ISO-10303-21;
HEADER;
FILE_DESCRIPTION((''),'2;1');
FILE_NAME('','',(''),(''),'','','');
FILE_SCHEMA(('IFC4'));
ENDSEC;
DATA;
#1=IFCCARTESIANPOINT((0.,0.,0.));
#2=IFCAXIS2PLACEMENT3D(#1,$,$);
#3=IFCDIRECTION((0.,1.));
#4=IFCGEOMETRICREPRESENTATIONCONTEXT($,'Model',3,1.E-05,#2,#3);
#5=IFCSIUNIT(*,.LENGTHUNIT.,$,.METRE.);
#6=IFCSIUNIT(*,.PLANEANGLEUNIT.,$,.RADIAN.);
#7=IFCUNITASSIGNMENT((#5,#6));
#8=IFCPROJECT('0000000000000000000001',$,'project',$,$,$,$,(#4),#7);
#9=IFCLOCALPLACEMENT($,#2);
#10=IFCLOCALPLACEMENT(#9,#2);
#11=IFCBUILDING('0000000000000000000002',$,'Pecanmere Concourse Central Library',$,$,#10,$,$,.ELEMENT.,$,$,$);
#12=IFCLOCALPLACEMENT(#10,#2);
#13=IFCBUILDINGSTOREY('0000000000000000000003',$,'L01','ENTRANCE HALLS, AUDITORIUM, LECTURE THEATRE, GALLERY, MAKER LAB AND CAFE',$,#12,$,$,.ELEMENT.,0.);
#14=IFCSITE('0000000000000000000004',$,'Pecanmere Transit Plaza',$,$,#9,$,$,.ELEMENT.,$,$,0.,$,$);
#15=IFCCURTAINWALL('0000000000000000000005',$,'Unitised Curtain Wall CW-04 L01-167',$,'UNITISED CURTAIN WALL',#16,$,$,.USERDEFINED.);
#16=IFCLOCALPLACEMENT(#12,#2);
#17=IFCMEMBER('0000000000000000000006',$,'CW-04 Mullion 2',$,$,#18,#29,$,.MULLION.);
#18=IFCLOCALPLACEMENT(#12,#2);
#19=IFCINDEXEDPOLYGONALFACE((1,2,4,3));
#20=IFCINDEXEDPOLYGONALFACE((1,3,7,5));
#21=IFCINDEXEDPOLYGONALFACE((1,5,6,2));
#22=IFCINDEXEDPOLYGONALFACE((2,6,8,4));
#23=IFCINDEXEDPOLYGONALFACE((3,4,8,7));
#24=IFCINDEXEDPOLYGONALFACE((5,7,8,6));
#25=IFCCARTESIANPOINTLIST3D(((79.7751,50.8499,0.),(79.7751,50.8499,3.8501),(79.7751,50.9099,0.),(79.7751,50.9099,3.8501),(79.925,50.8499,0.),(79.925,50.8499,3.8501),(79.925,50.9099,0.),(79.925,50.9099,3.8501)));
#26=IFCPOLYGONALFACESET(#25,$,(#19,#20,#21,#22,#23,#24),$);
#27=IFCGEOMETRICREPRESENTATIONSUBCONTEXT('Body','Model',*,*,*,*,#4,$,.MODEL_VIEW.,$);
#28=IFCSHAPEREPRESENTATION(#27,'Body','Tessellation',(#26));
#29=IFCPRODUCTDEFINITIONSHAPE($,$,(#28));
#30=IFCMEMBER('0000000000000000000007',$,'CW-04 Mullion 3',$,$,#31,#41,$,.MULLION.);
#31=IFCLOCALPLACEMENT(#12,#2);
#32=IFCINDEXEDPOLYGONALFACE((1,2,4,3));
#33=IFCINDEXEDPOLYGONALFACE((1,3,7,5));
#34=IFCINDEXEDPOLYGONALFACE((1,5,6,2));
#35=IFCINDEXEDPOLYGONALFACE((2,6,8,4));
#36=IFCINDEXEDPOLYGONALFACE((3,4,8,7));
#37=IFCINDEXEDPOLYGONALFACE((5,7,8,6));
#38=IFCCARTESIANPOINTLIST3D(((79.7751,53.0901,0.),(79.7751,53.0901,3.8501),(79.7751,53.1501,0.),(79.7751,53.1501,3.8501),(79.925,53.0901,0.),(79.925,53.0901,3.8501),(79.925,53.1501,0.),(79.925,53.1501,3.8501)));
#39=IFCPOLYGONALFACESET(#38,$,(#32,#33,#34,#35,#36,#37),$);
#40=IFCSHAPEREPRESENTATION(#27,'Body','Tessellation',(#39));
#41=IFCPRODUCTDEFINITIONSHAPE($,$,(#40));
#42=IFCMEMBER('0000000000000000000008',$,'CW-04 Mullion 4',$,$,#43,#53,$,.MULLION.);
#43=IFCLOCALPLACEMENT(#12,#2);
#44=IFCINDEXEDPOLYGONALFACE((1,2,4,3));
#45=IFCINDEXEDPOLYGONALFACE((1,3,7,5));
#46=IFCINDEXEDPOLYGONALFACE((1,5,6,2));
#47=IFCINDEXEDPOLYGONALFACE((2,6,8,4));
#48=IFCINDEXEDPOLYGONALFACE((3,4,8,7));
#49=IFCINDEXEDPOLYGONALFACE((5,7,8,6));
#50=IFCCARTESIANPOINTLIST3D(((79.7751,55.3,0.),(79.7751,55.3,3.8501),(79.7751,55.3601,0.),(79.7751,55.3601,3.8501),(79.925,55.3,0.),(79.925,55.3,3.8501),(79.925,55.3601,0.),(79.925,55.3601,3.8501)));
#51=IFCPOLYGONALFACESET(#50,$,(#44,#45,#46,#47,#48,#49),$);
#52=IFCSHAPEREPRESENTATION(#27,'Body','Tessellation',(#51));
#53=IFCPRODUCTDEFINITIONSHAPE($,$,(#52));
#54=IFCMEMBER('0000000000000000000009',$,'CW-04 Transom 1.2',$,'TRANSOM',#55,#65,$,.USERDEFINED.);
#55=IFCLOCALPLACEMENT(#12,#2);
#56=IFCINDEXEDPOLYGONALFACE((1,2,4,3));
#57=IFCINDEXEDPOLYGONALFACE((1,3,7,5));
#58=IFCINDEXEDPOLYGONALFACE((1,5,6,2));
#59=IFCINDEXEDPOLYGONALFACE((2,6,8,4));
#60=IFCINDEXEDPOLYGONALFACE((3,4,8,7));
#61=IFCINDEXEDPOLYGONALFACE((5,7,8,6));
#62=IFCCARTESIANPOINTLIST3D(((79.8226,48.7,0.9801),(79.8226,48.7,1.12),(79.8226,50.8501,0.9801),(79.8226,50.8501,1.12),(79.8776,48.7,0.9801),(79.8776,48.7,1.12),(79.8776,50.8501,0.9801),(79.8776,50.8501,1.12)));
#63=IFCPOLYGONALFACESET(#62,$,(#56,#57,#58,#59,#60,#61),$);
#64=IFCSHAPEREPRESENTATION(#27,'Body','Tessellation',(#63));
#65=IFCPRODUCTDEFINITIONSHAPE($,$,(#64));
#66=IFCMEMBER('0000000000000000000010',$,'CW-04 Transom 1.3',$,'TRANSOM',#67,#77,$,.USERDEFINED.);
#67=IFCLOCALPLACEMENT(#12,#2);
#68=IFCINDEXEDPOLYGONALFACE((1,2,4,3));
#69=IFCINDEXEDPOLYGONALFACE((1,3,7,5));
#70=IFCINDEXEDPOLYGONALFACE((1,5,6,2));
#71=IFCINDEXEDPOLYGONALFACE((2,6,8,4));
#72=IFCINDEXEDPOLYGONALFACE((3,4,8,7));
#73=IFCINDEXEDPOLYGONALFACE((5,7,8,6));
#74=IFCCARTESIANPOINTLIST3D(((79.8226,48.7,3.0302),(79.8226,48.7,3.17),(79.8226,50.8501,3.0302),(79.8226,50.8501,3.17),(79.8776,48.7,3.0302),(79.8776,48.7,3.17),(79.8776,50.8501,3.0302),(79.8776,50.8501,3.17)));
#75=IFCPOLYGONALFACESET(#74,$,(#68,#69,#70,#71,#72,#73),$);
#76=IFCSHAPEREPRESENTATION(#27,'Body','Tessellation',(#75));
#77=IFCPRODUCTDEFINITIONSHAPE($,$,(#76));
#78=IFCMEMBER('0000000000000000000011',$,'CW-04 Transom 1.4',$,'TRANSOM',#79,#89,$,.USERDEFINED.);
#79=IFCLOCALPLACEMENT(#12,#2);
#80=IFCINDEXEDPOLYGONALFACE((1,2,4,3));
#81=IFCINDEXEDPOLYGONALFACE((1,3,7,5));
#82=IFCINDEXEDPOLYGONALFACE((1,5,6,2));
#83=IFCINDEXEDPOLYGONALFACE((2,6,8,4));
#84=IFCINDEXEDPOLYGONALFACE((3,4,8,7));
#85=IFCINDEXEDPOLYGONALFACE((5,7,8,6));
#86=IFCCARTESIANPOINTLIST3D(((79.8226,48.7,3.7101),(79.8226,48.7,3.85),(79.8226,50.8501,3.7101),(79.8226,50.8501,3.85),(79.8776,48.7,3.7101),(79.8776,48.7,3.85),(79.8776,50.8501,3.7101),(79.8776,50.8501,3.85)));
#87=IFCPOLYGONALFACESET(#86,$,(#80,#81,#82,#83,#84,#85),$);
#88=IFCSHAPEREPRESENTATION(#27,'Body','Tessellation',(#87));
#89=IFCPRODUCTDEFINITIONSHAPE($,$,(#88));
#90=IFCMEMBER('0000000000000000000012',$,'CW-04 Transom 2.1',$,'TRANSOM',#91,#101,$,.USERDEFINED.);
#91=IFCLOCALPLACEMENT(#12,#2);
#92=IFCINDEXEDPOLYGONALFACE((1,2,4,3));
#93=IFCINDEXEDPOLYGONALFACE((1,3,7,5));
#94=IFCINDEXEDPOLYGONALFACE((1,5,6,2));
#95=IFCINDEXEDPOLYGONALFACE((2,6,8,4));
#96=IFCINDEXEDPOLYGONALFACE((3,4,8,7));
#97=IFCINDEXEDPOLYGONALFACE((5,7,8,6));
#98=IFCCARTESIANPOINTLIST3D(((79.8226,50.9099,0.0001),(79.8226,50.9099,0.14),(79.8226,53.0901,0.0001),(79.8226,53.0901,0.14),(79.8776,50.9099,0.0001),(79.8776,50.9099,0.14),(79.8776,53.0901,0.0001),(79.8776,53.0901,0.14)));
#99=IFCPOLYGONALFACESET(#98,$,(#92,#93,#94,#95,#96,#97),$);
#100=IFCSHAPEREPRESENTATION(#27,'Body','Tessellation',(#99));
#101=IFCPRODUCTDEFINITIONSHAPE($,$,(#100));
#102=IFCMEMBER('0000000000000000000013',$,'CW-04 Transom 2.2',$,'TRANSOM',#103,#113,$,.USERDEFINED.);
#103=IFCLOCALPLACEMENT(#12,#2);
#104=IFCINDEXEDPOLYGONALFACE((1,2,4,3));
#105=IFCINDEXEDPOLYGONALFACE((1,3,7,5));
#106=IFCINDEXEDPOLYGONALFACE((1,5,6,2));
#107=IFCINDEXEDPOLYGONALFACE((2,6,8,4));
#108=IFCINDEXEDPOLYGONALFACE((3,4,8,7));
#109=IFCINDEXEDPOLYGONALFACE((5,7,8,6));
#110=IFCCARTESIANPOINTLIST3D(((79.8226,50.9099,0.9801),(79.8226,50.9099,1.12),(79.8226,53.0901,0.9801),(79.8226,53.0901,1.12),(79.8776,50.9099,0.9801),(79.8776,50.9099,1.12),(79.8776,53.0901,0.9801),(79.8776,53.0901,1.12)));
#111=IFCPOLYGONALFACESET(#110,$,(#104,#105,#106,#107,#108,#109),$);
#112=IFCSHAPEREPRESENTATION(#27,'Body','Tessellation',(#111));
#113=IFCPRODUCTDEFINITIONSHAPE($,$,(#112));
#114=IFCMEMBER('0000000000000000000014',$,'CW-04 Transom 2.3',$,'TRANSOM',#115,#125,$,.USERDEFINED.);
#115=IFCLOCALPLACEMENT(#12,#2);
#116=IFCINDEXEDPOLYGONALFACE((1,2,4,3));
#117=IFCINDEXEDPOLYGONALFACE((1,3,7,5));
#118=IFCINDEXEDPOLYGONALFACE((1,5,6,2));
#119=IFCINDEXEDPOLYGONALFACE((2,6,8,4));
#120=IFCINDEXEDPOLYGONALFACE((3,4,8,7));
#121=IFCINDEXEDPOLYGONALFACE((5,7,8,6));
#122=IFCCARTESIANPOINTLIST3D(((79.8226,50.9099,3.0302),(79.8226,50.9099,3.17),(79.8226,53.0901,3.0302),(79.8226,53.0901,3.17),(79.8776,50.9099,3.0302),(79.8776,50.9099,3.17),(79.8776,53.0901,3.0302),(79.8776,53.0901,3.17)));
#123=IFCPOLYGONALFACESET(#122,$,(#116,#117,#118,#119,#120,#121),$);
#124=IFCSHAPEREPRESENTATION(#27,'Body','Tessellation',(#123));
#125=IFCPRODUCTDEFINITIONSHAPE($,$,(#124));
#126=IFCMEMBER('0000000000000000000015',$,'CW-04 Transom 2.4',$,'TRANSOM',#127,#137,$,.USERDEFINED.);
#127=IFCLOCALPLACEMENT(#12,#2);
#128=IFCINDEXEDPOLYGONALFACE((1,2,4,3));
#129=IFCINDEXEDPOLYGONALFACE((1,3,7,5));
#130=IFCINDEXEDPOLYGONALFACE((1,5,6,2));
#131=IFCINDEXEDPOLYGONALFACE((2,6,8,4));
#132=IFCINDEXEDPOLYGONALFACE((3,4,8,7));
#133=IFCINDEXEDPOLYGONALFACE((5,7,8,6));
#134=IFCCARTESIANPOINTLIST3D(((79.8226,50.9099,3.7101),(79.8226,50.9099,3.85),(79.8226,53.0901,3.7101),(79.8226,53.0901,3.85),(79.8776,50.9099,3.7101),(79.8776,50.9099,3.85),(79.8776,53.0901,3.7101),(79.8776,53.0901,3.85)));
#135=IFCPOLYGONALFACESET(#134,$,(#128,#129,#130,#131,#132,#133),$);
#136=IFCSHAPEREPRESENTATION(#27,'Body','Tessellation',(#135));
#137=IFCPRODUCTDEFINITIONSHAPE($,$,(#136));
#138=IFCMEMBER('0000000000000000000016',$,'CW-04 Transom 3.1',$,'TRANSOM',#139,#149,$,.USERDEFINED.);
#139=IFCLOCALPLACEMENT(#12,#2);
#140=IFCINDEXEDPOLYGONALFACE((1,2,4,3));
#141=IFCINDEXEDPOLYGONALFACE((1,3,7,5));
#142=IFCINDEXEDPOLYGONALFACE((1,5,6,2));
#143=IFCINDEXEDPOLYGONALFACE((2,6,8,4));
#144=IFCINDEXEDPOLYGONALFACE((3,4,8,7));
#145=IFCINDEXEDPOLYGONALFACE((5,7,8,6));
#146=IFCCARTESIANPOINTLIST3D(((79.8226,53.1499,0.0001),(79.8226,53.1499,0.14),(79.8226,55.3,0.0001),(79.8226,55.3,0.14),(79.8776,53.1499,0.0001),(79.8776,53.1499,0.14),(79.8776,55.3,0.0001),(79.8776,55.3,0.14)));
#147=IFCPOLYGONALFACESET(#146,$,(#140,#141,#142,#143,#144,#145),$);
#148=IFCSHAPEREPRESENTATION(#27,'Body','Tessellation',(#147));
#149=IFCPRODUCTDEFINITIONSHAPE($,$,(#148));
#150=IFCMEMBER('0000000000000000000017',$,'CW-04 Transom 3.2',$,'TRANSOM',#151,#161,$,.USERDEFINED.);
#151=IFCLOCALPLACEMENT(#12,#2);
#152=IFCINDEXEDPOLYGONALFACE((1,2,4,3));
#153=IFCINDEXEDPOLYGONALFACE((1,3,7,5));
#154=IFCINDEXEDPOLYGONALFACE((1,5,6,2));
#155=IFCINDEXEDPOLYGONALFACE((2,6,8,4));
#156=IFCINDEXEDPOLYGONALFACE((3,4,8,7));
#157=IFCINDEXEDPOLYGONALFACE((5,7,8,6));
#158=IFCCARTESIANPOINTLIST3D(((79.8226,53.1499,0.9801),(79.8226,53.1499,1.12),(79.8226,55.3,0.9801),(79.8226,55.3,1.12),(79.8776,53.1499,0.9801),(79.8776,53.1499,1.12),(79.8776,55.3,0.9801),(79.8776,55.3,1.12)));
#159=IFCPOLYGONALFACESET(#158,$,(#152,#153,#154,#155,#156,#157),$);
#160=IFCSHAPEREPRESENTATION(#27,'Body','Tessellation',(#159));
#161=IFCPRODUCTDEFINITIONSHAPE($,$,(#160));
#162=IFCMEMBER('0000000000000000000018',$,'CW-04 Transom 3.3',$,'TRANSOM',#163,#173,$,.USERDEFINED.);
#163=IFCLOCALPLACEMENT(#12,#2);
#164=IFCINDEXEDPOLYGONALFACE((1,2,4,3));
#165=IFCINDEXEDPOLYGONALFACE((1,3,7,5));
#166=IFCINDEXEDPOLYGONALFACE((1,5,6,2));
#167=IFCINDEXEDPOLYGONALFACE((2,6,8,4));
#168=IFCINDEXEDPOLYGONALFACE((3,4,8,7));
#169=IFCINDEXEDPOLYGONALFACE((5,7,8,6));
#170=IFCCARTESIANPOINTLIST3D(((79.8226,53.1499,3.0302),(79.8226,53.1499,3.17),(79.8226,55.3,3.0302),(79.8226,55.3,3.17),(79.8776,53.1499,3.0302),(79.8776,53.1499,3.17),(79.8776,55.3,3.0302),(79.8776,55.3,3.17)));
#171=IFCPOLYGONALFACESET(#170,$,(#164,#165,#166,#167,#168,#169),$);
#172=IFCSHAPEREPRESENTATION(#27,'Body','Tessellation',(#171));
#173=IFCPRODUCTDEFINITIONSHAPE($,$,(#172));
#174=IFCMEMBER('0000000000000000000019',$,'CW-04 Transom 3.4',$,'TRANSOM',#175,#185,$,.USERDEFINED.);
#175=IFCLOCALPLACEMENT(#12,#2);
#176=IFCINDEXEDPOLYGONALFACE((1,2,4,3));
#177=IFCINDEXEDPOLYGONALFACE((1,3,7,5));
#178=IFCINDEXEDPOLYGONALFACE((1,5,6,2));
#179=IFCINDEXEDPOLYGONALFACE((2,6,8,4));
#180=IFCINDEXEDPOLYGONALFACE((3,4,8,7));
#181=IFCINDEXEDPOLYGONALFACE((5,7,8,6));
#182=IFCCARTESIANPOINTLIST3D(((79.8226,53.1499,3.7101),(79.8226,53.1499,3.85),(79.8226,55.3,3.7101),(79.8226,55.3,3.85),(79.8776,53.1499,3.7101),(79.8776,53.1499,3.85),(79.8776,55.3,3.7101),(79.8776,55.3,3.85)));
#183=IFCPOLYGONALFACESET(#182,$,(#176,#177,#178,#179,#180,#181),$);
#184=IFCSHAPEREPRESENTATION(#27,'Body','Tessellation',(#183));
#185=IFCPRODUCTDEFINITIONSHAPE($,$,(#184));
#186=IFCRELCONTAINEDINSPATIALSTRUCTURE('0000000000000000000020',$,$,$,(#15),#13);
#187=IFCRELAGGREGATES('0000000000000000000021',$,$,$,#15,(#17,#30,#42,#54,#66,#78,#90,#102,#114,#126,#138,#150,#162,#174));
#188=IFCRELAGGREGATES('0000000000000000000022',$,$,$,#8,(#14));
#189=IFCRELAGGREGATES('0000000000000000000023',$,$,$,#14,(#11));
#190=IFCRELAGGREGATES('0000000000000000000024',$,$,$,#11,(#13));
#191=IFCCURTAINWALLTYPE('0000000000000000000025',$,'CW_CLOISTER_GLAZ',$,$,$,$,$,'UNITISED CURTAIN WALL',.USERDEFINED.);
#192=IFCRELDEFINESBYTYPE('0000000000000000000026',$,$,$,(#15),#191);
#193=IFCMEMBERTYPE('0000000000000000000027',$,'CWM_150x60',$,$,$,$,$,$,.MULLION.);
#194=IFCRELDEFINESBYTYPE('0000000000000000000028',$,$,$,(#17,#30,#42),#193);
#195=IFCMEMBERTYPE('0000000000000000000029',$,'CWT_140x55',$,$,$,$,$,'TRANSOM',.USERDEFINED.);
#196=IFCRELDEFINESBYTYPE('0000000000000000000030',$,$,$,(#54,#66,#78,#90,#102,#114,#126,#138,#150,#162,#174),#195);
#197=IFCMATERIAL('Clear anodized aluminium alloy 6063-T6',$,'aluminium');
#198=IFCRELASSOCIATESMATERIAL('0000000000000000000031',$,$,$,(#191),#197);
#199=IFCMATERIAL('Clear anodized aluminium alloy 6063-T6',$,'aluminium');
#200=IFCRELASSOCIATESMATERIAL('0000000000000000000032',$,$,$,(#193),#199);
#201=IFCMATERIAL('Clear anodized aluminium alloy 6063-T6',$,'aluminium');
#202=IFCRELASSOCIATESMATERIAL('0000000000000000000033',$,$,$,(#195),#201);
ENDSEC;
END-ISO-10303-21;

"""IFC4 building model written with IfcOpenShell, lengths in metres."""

from ifc_helpers import new_model, si_unit, direction, frame, origin, origin_2d, place, context, subcontext, project, spatial, rectangle, extrude, material, material_profile, profile_set, type_object, element, aggregate, save


model = new_model("IFC4")

# Units and contexts
model_context = context("Model", 3, precision=1e-05, world=origin(), true_north=direction((0.0, 1.0)))
body_context = subcontext(model_context, "Body", "Model", "MODEL_VIEW")
ifc_project = project(units=[si_unit("LENGTHUNIT", "METRE"), si_unit("PLANEANGLEUNIT", "RADIAN")], contexts=[model_context])

# Site, building, storey
site_placement = place(None, origin())
site = spatial("IfcSite", under=ifc_project, at=site_placement, Name="Pecanmere Transit Plaza", CompositionType="ELEMENT", RefElevation=0.0)
building_placement = place(site_placement, origin())
building = spatial("IfcBuilding", under=site, at=building_placement, Name="Pecanmere Concourse Central Library", CompositionType="ELEMENT")
storey_placement = place(building_placement, origin())
storey = spatial("IfcBuildingStorey", under=building, at=storey_placement, Name="L01", Description="ENTRANCE HALLS, AUDITORIUM, LECTURE THEATRE, GALLERY, MAKER LAB AND CAFE", CompositionType="ELEMENT", Elevation=0.0)

# Curtain wall, members
ifc_material_1 = material(Name="Clear anodized aluminium alloy 6063-T6", Category="aluminium")
curtain_wall_type = type_object("IfcCurtainWallType", Name="CW_CLOISTER_GLAZ", ElementType="UNITISED CURTAIN WALL", PredefinedType="USERDEFINED", material=ifc_material_1)
curtain_wall_placement = place(storey_placement, origin())
curtain_wall = element("IfcCurtainWall", 1, at=curtain_wall_placement, inside=storey, type_object=curtain_wall_type, Name="Unitised Curtain Wall CW-04 L01-167", ObjectType="UNITISED CURTAIN WALL", PredefinedType="USERDEFINED")
ifc_material_2 = material(Name="Clear anodized aluminium alloy 6063-T6", Category="aluminium")
ifc_material_profile_1 = material_profile(ifc_material_2, rectangle(XDim=0.0601, YDim=0.1499, at=origin_2d()), Name="AL 60x150")
ifc_profile_set_1 = profile_set([ifc_material_profile_1], Name="Clear anodized aluminium alloy 6063-T6")
member_type_1 = type_object("IfcMemberType", Name="CWM_150x60", PredefinedType="MULLION", material=ifc_profile_set_1)
member_1_placement = place(storey_placement, frame((79.8501, 50.8799, 0.0), z_axis=(0.0, 0.0, 1.0), x_axis=(0.0, 1.0, 0.0)))
member_1 = element("IfcMember", 2, at=member_1_placement, type_object=member_type_1, Name="CW-04 Mullion 2", PredefinedType="MULLION", context=body_context, shape_type="SweptSolid", body=[
    extrude(rectangle(XDim=0.0601, YDim=0.1499, at=origin_2d()), origin(), (0.0, 0.0, 1.0), 3.8501),
])
member_2_placement = place(storey_placement, frame((79.8501, 53.1201, 0.0), z_axis=(0.0, 0.0, 1.0), x_axis=(0.0, 1.0, 0.0)))
member_2 = element("IfcMember", 3, at=member_2_placement, type_object=member_type_1, Name="CW-04 Mullion 3", PredefinedType="MULLION", context=body_context, shape_type="SweptSolid", body=[
    extrude(rectangle(XDim=0.0601, YDim=0.1499, at=origin_2d()), origin(), (0.0, 0.0, 1.0), 3.8501),
])
member_3_placement = place(storey_placement, frame((79.8501, 55.3301, 0.0), z_axis=(0.0, 0.0, 1.0), x_axis=(0.0, 1.0, 0.0)))
member_3 = element("IfcMember", 4, at=member_3_placement, type_object=member_type_1, Name="CW-04 Mullion 4", PredefinedType="MULLION", context=body_context, shape_type="SweptSolid", body=[
    extrude(rectangle(XDim=0.0601, YDim=0.1499, at=origin_2d()), origin(), (0.0, 0.0, 1.0), 3.8501),
])
ifc_material_3 = material(Name="Clear anodized aluminium alloy 6063-T6", Category="aluminium")
ifc_material_profile_2 = material_profile(ifc_material_3, rectangle(XDim=0.0549, YDim=0.1399, at=origin_2d()), Name="AL 55x140")
ifc_profile_set_2 = profile_set([ifc_material_profile_2], Name="Clear anodized aluminium alloy 6063-T6")
member_type_2 = type_object("IfcMemberType", Name="CWT_140x55", ElementType="TRANSOM", PredefinedType="USERDEFINED", material=ifc_profile_set_2)
member_4_placement = place(storey_placement, frame((79.8501, 48.7, 1.05), z_axis=(0.0, 1.0, 0.0), x_axis=(-1.0, 0.0, 0.0)))
member_4 = element("IfcMember", 5, at=member_4_placement, type_object=member_type_2, Name="CW-04 Transom 1.2", ObjectType="TRANSOM", PredefinedType="USERDEFINED", context=body_context, shape_type="SweptSolid", body=[
    extrude(rectangle(XDim=0.0549, YDim=0.1399, at=origin_2d()), origin(), (0.0, 0.0, 1.0), 2.1501),
])
member_5_placement = place(storey_placement, frame((79.8501, 48.7, 3.1001), z_axis=(0.0, 1.0, 0.0), x_axis=(-1.0, 0.0, 0.0)))
member_5 = element("IfcMember", 6, at=member_5_placement, type_object=member_type_2, Name="CW-04 Transom 1.3", ObjectType="TRANSOM", PredefinedType="USERDEFINED", context=body_context, shape_type="SweptSolid", body=[
    extrude(rectangle(XDim=0.0549, YDim=0.1399, at=origin_2d()), origin(), (0.0, 0.0, 1.0), 2.1501),
])
member_6_placement = place(storey_placement, frame((79.8501, 48.7, 3.78), z_axis=(0.0, 1.0, 0.0), x_axis=(-1.0, 0.0, 0.0)))
member_6 = element("IfcMember", 7, at=member_6_placement, type_object=member_type_2, Name="CW-04 Transom 1.4", ObjectType="TRANSOM", PredefinedType="USERDEFINED", context=body_context, shape_type="SweptSolid", body=[
    extrude(rectangle(XDim=0.0549, YDim=0.1399, at=origin_2d()), origin(), (0.0, 0.0, 1.0), 2.1501),
])
member_7_placement = place(storey_placement, frame((79.8501, 50.9099, 0.0701), z_axis=(0.0, 1.0, 0.0), x_axis=(-1.0, 0.0, 0.0)))
member_7 = element("IfcMember", 8, at=member_7_placement, type_object=member_type_2, Name="CW-04 Transom 2.1", ObjectType="TRANSOM", PredefinedType="USERDEFINED", context=body_context, shape_type="SweptSolid", body=[
    extrude(rectangle(XDim=0.0549, YDim=0.1399, at=origin_2d()), origin(), (0.0, 0.0, 1.0), 2.1802),
])
member_8_placement = place(storey_placement, frame((79.8501, 50.9099, 1.05), z_axis=(0.0, 1.0, 0.0), x_axis=(-1.0, 0.0, 0.0)))
member_8 = element("IfcMember", 9, at=member_8_placement, type_object=member_type_2, Name="CW-04 Transom 2.2", ObjectType="TRANSOM", PredefinedType="USERDEFINED", context=body_context, shape_type="SweptSolid", body=[
    extrude(rectangle(XDim=0.0549, YDim=0.1399, at=origin_2d()), origin(), (0.0, 0.0, 1.0), 2.1802),
])
member_9_placement = place(storey_placement, frame((79.8501, 50.9099, 3.1001), z_axis=(0.0, 1.0, 0.0), x_axis=(-1.0, 0.0, 0.0)))
member_9 = element("IfcMember", 10, at=member_9_placement, type_object=member_type_2, Name="CW-04 Transom 2.3", ObjectType="TRANSOM", PredefinedType="USERDEFINED", context=body_context, shape_type="SweptSolid", body=[
    extrude(rectangle(XDim=0.0549, YDim=0.1399, at=origin_2d()), origin(), (0.0, 0.0, 1.0), 2.1802),
])
member_10_placement = place(storey_placement, frame((79.8501, 50.9099, 3.78), z_axis=(0.0, 1.0, 0.0), x_axis=(-1.0, 0.0, 0.0)))
member_10 = element("IfcMember", 11, at=member_10_placement, type_object=member_type_2, Name="CW-04 Transom 2.4", ObjectType="TRANSOM", PredefinedType="USERDEFINED", context=body_context, shape_type="SweptSolid", body=[
    extrude(rectangle(XDim=0.0549, YDim=0.1399, at=origin_2d()), origin(), (0.0, 0.0, 1.0), 2.1802),
])
member_11_placement = place(storey_placement, frame((79.8501, 53.1499, 0.0701), z_axis=(0.0, 1.0, 0.0), x_axis=(-1.0, 0.0, 0.0)))
member_11 = element("IfcMember", 12, at=member_11_placement, type_object=member_type_2, Name="CW-04 Transom 3.1", ObjectType="TRANSOM", PredefinedType="USERDEFINED", context=body_context, shape_type="SweptSolid", body=[
    extrude(rectangle(XDim=0.0549, YDim=0.1399, at=origin_2d()), origin(), (0.0, 0.0, 1.0), 2.1501),
])
member_12_placement = place(storey_placement, frame((79.8501, 53.1499, 1.05), z_axis=(0.0, 1.0, 0.0), x_axis=(-1.0, 0.0, 0.0)))
member_12 = element("IfcMember", 13, at=member_12_placement, type_object=member_type_2, Name="CW-04 Transom 3.2", ObjectType="TRANSOM", PredefinedType="USERDEFINED", context=body_context, shape_type="SweptSolid", body=[
    extrude(rectangle(XDim=0.0549, YDim=0.1399, at=origin_2d()), origin(), (0.0, 0.0, 1.0), 2.1501),
])
member_13_placement = place(storey_placement, frame((79.8501, 53.1499, 3.1001), z_axis=(0.0, 1.0, 0.0), x_axis=(-1.0, 0.0, 0.0)))
member_13 = element("IfcMember", 14, at=member_13_placement, type_object=member_type_2, Name="CW-04 Transom 3.3", ObjectType="TRANSOM", PredefinedType="USERDEFINED", context=body_context, shape_type="SweptSolid", body=[
    extrude(rectangle(XDim=0.0549, YDim=0.1399, at=origin_2d()), origin(), (0.0, 0.0, 1.0), 2.1501),
])
member_14_placement = place(storey_placement, frame((79.8501, 53.1499, 3.78), z_axis=(0.0, 1.0, 0.0), x_axis=(-1.0, 0.0, 0.0)))
member_14 = element("IfcMember", 15, at=member_14_placement, type_object=member_type_2, Name="CW-04 Transom 3.4", ObjectType="TRANSOM", PredefinedType="USERDEFINED", context=body_context, shape_type="SweptSolid", body=[
    extrude(rectangle(XDim=0.0549, YDim=0.1399, at=origin_2d()), origin(), (0.0, 0.0, 1.0), 2.1501),
])
aggregate(curtain_wall, [member_1, member_2, member_3, member_4, member_5, member_6, member_7, member_8, member_9, member_10, member_11, member_12, member_13, member_14])

save(model, "model.ifc")
